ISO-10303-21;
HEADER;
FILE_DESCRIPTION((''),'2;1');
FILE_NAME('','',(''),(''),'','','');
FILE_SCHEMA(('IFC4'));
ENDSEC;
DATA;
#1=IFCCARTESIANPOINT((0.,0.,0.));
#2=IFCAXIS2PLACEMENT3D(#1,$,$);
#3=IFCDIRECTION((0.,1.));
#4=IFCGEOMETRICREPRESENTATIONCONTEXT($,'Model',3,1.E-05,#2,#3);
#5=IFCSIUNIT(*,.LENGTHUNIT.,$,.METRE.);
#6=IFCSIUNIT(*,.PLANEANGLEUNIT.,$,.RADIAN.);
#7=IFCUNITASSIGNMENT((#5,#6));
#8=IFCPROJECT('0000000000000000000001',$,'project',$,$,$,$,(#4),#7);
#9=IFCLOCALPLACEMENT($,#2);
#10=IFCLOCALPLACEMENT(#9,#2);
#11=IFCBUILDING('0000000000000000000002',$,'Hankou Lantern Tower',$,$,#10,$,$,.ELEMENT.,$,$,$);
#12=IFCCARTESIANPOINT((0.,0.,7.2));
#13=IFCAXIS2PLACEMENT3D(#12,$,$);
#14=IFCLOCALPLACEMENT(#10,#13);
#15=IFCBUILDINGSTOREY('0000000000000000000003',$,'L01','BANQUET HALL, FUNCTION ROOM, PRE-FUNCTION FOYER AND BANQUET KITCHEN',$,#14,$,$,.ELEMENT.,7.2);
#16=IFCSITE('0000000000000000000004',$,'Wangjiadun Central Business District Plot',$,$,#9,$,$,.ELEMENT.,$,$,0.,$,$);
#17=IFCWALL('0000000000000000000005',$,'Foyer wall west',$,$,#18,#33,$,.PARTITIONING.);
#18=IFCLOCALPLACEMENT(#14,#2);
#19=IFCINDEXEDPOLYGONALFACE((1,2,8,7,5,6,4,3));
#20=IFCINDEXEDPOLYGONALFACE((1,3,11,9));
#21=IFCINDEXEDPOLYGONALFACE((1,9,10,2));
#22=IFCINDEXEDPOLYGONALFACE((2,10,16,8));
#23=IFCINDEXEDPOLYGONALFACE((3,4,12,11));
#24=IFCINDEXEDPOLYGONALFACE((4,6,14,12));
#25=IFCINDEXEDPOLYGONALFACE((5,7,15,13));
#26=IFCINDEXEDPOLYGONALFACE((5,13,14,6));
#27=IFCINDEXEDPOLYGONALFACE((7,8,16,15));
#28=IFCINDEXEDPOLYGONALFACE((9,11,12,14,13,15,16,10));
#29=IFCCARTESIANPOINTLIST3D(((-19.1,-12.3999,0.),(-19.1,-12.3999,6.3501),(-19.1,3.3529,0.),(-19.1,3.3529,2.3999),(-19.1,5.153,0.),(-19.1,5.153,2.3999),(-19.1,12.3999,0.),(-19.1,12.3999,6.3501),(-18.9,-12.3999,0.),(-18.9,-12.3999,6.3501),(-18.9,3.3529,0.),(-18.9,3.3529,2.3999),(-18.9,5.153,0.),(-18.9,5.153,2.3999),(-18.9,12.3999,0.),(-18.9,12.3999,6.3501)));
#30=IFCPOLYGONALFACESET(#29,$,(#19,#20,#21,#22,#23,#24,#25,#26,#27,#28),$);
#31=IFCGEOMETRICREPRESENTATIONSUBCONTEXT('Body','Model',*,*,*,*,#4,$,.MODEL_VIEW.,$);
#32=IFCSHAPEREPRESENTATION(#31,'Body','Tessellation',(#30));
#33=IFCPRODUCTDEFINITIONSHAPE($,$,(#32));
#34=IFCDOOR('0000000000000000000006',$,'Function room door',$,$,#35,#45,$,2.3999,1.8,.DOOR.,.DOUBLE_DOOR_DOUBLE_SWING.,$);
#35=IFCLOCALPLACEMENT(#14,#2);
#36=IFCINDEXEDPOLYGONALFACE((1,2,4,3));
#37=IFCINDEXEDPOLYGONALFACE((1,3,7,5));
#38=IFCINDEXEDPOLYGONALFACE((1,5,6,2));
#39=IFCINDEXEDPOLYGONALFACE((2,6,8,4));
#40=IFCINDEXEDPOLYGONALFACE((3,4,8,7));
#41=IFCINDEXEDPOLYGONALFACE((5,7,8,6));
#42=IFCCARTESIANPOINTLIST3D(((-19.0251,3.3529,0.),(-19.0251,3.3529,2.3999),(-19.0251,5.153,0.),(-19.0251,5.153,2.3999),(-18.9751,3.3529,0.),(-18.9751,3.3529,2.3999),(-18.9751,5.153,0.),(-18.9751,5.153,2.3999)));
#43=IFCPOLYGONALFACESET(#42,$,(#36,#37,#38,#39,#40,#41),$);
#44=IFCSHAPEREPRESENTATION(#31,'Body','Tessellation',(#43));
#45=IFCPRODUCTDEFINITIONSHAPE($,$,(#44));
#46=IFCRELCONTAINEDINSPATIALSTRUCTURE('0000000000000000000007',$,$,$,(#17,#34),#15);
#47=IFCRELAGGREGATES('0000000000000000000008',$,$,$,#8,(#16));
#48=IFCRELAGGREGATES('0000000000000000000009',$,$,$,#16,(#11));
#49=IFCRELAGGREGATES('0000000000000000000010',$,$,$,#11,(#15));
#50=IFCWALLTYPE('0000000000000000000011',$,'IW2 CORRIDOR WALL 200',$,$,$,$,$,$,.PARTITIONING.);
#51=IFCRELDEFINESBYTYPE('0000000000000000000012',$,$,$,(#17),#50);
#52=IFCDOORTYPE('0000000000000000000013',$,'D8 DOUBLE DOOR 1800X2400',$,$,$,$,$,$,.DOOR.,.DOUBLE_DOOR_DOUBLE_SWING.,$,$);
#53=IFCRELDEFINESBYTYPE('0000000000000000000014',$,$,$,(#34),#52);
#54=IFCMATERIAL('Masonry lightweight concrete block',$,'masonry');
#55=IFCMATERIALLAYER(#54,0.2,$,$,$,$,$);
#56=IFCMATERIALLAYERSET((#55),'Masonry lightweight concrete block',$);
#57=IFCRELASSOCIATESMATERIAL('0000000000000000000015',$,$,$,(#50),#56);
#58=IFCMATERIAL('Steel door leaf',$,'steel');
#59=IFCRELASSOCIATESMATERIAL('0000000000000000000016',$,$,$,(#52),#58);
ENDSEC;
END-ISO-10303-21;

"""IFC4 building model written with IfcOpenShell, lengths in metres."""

from ifc_helpers import new_model, si_unit, direction, frame, frame_2d, origin, place, context, subcontext, project, spatial, rectangle, extrude, material, layer, layer_set, type_object, element, fill, save


model = new_model("IFC4")

# Units and contexts
model_context = context("Model", 3, precision=1e-05, world=origin(), true_north=direction((0.0, 1.0)))
body_context = subcontext(model_context, "Body", "Model", "MODEL_VIEW")
ifc_project = project(units=[si_unit("LENGTHUNIT", "METRE"), si_unit("PLANEANGLEUNIT", "RADIAN")], contexts=[model_context])

# Site, building, storey
site_placement = place(None, origin())
site = spatial("IfcSite", under=ifc_project, at=site_placement, Name="Wangjiadun Central Business District Plot", CompositionType="ELEMENT", RefElevation=0.0)
building_placement = place(site_placement, origin())
building = spatial("IfcBuilding", under=site, at=building_placement, Name="Hankou Lantern Tower", CompositionType="ELEMENT")
storey_placement = place(building_placement, frame((0.0, 0.0, 7.2)))
storey = spatial("IfcBuildingStorey", under=building, at=storey_placement, Name="L01", Description="BANQUET HALL, FUNCTION ROOM, PRE-FUNCTION FOYER AND BANQUET KITCHEN", CompositionType="ELEMENT", Elevation=7.2)

# Shared definitions
ifc_material_1 = material(Name="Masonry lightweight concrete block", Category="masonry")
ifc_layer_1 = layer(ifc_material_1, 0.2)
ifc_layer_set_1 = layer_set([ifc_layer_1], Name="Masonry lightweight concrete block")
wall_type = type_object("IfcWallType", Name="IW2 CORRIDOR WALL 200", PredefinedType="PARTITIONING", material=ifc_layer_set_1)

# Wall, opening, door
wall_1_placement = place(storey_placement, frame((-19.0, 12.3999, 0.0), z_axis=(0.0, 0.0, 1.0), x_axis=(0.0, -1.0, 0.0)))
wall_1 = element("IfcWall", 1, at=wall_1_placement, inside=storey, type_object=wall_type, Name="Foyer wall west", PredefinedType="PARTITIONING", context=body_context, shape_type="SweptSolid", body=[
    extrude(rectangle(XDim=24.7998, YDim=0.2, at=frame_2d((12.3999, 0.0))), origin(), (0.0, 0.0, 1.0), 6.3501),
])
opening_1_placement = place(wall_1_placement, frame((7.2471, 0.0, 0.0)))
opening_1 = element("IfcOpeningElement", 2, at=opening_1_placement, cuts=wall_1, PredefinedType="OPENING", context=body_context, shape_type="SweptSolid", body=[
    extrude(rectangle(XDim=1.8, YDim=2.3999, at=frame_2d((0.8999, 1.2))), frame((0.0, 0.1099, 0.0), z_axis=(0.0, -1.0, 0.0), x_axis=(1.0, 0.0, 0.0)), (0.0, 0.0, 1.0), 0.22),
])
ifc_material_2 = material(Name="Steel door leaf", Category="steel")
door_type_1 = type_object("IfcDoorType", Name="D8 DOUBLE DOOR 1800X2400", OperationType="DOUBLE_DOOR_DOUBLE_SWING", PredefinedType="DOOR", material=ifc_material_2)
door_1_placement = place(opening_1_placement, origin())
door_1 = element("IfcDoor", 3, at=door_1_placement, inside=storey, type_object=door_type_1, Name="Function room door", OperationType="DOUBLE_DOOR_DOUBLE_SWING", OverallHeight=2.3999, OverallWidth=1.8, PredefinedType="DOOR", context=body_context, shape_type="SweptSolid", body=[
    extrude(rectangle(XDim=1.8, YDim=2.3999, at=frame_2d((0.8999, 1.2))), frame((0.0, 0.0249, 0.0), z_axis=(0.0, -1.0, 0.0), x_axis=(1.0, 0.0, 0.0)), (0.0, 0.0, 1.0), 0.05),
])
fill(opening_1, door_1)

save(model, "model.ifc")
